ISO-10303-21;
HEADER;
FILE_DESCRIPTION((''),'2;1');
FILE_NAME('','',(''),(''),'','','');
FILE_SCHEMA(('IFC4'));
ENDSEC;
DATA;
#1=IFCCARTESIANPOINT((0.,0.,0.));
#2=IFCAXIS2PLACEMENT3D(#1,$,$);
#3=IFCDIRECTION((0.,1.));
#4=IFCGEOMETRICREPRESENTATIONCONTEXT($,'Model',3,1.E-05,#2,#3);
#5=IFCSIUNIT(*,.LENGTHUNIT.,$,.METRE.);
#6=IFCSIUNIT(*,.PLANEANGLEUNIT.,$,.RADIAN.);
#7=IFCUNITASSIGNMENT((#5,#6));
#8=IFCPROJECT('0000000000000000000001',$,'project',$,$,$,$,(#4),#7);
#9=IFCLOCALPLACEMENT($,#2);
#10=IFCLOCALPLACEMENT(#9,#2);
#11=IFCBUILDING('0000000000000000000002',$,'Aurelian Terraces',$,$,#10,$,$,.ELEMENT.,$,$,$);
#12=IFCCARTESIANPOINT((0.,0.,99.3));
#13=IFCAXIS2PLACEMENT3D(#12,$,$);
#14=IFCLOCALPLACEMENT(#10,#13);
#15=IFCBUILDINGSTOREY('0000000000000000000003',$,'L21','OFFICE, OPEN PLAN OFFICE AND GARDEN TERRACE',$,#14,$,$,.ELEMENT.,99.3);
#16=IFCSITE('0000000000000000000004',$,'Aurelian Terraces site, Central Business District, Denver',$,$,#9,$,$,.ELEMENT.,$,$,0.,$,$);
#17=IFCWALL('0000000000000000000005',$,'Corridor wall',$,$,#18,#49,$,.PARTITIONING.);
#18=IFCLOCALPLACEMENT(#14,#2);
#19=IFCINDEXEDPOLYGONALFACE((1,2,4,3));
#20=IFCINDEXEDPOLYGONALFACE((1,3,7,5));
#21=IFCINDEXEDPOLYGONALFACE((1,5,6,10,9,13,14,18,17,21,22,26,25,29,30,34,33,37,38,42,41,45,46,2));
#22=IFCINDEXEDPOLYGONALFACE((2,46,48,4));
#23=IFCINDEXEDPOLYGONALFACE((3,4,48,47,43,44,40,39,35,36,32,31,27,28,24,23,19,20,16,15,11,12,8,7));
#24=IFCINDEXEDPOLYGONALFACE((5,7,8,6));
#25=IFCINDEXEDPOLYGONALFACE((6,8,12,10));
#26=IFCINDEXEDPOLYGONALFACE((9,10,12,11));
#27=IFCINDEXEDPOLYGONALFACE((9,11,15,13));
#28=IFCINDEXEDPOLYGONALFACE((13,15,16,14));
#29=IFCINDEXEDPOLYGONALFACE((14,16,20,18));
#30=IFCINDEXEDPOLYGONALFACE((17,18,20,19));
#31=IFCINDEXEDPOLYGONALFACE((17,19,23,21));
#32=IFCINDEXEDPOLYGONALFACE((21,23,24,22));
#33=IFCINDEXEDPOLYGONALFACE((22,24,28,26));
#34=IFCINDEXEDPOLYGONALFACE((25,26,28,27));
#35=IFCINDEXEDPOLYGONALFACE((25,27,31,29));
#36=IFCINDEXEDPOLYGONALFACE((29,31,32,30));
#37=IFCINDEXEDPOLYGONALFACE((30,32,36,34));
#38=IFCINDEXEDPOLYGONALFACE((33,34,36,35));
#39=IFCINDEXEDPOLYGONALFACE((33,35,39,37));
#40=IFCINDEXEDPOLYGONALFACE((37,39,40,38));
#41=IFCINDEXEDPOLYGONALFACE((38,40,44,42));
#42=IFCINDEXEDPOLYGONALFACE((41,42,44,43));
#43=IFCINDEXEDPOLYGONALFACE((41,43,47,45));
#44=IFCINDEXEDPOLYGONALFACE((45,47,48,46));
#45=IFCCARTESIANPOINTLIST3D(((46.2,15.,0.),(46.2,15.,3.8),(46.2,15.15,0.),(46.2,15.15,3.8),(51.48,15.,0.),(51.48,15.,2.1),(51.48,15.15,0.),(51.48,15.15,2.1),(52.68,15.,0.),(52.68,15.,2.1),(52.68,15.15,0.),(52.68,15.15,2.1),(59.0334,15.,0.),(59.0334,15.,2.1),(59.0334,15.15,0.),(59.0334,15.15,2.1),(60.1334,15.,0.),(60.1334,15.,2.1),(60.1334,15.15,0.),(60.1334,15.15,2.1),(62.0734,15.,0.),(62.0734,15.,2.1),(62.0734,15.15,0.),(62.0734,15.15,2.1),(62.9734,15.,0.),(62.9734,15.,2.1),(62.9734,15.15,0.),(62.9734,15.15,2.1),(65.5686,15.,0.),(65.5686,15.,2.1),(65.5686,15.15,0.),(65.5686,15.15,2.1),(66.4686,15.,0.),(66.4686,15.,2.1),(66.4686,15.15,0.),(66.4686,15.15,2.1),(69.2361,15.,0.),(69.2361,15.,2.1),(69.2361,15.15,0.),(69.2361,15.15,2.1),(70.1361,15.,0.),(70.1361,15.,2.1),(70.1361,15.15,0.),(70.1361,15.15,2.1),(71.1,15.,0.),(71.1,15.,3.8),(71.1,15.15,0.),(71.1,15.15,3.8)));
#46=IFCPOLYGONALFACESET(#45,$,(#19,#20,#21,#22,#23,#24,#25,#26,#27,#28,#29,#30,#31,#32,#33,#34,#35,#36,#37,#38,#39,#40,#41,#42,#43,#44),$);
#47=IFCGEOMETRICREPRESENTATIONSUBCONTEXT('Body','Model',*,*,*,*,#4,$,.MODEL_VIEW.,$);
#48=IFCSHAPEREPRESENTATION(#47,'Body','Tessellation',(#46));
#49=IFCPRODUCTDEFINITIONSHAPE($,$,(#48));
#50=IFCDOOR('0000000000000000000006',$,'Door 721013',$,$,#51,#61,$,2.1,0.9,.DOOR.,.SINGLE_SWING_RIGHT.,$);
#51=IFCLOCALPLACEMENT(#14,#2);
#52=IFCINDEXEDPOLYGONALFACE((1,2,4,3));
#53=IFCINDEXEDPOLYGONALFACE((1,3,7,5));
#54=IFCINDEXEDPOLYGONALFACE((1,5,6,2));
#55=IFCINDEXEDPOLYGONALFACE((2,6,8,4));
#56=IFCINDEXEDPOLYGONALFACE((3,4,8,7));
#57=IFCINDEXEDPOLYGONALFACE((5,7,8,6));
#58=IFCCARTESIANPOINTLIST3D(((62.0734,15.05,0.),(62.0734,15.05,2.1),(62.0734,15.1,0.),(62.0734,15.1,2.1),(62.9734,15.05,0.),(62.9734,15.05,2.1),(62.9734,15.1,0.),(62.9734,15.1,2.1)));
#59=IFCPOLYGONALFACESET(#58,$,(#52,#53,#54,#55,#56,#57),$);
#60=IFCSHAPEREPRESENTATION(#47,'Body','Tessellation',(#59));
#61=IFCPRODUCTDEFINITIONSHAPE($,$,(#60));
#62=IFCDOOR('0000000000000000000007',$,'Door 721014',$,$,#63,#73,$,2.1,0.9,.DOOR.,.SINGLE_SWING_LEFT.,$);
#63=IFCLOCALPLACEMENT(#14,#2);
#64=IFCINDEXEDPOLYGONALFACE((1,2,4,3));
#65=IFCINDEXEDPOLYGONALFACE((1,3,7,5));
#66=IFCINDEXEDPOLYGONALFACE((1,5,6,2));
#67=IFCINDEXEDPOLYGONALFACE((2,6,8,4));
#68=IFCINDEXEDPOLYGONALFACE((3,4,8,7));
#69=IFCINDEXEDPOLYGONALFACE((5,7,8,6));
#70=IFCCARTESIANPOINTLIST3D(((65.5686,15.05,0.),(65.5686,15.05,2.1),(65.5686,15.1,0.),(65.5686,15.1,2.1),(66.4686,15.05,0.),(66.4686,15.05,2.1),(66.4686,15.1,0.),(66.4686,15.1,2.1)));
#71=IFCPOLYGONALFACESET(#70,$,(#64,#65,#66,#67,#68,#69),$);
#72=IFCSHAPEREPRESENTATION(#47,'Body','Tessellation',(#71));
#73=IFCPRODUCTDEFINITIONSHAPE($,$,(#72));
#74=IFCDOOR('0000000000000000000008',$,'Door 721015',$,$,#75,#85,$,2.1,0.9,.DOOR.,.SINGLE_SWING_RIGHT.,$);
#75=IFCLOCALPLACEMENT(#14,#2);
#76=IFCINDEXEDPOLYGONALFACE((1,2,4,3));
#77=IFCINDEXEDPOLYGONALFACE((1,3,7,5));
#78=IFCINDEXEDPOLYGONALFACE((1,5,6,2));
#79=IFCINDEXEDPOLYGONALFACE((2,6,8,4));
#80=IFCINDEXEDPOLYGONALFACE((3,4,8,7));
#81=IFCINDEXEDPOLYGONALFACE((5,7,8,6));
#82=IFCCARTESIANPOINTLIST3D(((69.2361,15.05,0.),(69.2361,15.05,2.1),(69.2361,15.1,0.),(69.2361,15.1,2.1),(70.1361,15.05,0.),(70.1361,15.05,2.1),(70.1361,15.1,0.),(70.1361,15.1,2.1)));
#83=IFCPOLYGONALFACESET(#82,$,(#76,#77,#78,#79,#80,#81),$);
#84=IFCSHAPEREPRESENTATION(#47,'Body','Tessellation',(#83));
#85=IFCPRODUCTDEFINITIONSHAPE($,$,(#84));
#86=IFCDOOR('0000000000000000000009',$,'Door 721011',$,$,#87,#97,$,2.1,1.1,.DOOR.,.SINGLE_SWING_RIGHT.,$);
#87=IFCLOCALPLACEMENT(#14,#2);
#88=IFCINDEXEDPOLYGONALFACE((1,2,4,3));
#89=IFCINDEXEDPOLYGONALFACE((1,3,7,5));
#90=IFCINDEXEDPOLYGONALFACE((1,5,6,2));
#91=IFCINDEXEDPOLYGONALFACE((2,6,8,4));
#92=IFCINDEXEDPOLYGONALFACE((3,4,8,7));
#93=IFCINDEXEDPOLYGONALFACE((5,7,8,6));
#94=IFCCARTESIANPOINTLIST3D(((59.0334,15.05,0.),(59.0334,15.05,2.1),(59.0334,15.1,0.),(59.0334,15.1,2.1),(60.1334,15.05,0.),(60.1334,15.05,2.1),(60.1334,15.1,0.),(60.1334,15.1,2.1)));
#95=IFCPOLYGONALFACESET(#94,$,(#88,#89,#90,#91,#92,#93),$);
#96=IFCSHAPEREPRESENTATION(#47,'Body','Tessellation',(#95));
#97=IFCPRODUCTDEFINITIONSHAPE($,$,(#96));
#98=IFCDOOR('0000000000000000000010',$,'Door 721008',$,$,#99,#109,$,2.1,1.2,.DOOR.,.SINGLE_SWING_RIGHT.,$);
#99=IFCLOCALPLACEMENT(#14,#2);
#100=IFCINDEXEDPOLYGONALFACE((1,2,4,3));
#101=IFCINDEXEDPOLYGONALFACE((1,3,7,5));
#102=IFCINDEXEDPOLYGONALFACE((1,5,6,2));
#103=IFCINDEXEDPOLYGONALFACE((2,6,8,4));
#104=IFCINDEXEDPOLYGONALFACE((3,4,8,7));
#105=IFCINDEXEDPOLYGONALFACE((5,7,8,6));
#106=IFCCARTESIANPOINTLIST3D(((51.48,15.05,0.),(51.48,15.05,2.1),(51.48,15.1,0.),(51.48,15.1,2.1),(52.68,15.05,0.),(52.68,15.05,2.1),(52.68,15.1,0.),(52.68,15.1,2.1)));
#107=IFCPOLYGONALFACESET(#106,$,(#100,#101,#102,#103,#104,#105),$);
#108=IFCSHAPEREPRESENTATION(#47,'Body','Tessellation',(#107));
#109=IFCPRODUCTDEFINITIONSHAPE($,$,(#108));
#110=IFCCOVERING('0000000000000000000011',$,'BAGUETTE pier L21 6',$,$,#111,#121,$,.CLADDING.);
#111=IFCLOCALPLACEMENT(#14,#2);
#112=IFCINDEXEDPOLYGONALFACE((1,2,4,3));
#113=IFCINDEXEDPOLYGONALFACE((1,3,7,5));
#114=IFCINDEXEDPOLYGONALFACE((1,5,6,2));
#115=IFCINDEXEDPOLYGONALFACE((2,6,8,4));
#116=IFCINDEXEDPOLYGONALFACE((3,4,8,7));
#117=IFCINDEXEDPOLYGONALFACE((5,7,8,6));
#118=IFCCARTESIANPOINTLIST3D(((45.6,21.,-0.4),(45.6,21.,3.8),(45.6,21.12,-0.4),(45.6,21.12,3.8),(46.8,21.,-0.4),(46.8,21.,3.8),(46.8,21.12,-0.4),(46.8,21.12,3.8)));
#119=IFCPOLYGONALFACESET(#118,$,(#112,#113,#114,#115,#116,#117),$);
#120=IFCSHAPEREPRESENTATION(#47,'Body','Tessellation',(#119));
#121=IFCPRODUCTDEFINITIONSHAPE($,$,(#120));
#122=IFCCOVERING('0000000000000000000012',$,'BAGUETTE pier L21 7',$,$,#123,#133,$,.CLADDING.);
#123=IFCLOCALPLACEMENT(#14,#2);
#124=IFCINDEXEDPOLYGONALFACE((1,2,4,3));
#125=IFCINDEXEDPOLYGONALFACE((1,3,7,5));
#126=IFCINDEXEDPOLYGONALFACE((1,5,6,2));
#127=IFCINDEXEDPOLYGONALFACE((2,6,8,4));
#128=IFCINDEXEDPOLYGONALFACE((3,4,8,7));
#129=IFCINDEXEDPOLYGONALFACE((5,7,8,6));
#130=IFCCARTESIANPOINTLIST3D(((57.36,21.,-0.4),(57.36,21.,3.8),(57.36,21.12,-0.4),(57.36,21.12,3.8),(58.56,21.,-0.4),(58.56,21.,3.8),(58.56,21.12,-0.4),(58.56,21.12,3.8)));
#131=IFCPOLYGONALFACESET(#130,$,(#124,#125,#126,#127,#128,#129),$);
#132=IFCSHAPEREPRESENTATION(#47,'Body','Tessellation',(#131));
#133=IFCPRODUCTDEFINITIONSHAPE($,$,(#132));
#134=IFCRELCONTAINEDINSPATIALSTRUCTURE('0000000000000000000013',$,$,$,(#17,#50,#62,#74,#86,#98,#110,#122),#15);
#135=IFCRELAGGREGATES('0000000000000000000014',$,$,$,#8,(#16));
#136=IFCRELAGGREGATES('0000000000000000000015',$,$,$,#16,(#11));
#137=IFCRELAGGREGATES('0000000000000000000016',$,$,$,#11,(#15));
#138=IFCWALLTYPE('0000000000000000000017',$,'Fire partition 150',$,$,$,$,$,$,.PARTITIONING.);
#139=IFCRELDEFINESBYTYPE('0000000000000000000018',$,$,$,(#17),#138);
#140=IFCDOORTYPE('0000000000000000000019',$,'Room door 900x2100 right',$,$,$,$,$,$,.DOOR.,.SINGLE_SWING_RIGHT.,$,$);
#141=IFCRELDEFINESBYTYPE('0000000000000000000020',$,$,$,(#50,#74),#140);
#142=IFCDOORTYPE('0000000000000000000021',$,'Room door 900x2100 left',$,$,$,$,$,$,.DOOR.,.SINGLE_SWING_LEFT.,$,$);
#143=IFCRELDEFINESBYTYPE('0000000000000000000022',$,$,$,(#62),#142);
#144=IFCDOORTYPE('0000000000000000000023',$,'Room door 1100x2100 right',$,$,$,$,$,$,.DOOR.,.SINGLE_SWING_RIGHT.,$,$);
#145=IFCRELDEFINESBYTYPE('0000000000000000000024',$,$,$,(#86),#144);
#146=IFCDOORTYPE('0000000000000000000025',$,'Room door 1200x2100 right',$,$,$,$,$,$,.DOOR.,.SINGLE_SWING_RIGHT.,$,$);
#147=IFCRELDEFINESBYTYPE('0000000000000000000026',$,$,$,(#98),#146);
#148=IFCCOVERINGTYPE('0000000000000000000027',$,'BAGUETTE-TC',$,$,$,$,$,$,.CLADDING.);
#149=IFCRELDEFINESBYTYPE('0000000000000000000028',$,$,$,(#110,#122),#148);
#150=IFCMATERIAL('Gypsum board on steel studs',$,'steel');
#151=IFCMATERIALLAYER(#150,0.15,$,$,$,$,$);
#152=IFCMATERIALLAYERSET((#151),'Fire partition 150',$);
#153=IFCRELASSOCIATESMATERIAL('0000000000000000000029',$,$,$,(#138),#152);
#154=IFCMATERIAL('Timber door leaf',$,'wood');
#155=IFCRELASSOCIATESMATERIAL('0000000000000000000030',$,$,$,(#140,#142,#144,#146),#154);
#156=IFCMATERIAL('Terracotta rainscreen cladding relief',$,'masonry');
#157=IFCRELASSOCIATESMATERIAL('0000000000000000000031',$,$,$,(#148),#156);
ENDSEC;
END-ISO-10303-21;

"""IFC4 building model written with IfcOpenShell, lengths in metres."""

from ifc_helpers import new_model, si_unit, direction, frame, frame_2d, origin, origin_2d, place, context, subcontext, project, spatial, rectangle, extrude, source, transform, mapped, material, layer, layer_set, type_object, element, fill, save


model = new_model("IFC4")

# Units and contexts
model_context = context("Model", 3, precision=1e-05, world=origin(), true_north=direction((0.0, 1.0)))
body_context = subcontext(model_context, "Body", "Model", "MODEL_VIEW")
ifc_project = project(units=[si_unit("LENGTHUNIT", "METRE"), si_unit("PLANEANGLEUNIT", "RADIAN")], contexts=[model_context])

# Site, building, storey
site_placement = place(None, origin())
site = spatial("IfcSite", under=ifc_project, at=site_placement, Name="Aurelian Terraces site, Central Business District, Denver", CompositionType="ELEMENT", RefElevation=0.0)
building_placement = place(site_placement, origin())
building = spatial("IfcBuilding", under=site, at=building_placement, Name="Aurelian Terraces", CompositionType="ELEMENT")
storey_placement = place(building_placement, frame((0.0, 0.0, 99.3)))
storey = spatial("IfcBuildingStorey", under=building, at=storey_placement, Name="L21", Description="OFFICE, OPEN PLAN OFFICE AND GARDEN TERRACE", CompositionType="ELEMENT", Elevation=99.3)

# Shared definitions
ifc_material_1 = material(Name="Gypsum board on steel studs", Category="steel")

# Wall, openings, doors
ifc_layer_1 = layer(ifc_material_1, 0.15)
ifc_layer_set_1 = layer_set([ifc_layer_1], Name="Fire partition 150")
wall_type_1 = type_object("IfcWallType", Name="Fire partition 150", PredefinedType="PARTITIONING", material=ifc_layer_set_1)
shared_shape_1 = source(origin(), body_context, "Body", "SweptSolid", [
    extrude(rectangle(XDim=24.9, YDim=0.15, at=frame_2d((12.45, 0.0))), origin(), (0.0, 0.0, 1.0), 3.8),
])
wall_1_placement = place(storey_placement, frame((71.1, 15.075, 0.0), z_axis=(0.0, 0.0, 1.0), x_axis=(-1.0, 0.0, 0.0)))
wall_1 = element("IfcWall", 1, at=wall_1_placement, inside=storey, type_object=wall_type_1, Name="Corridor wall", PredefinedType="PARTITIONING", context=body_context, shape_type="MappedRepresentation", body=[
    mapped(shared_shape_1, transform((0.0, 0.0, 0.0), scale=1.0)),
])
shared_shape_2 = source(origin(), body_context, "Body", "SweptSolid", [
    extrude(rectangle(XDim=1.2, YDim=2.1, at=frame_2d((0.6, 1.05))), frame((0.0, 0.085, 0.0), z_axis=(0.0, -1.0, 0.0), x_axis=(1.0, 0.0, 0.0)), (0.0, 0.0, 1.0), 0.17),
])
opening_1_placement = place(wall_1_placement, frame((18.42, 0.0, 0.0)))
opening_1 = element("IfcOpeningElement", 2, at=opening_1_placement, cuts=wall_1, PredefinedType="OPENING", context=body_context, shape_type="MappedRepresentation", body=[
    mapped(shared_shape_2, transform((0.0, 0.0, 0.0), scale=1.0)),
])
shared_shape_3 = source(origin(), body_context, "Body", "SweptSolid", [
    extrude(rectangle(XDim=1.1, YDim=2.1, at=frame_2d((0.55, 1.05))), frame((0.0, 0.085, 0.0), z_axis=(0.0, -1.0, 0.0), x_axis=(1.0, 0.0, 0.0)), (0.0, 0.0, 1.0), 0.17),
])
opening_2_placement = place(wall_1_placement, frame((10.9666, 0.0, 0.0)))
opening_2 = element("IfcOpeningElement", 3, at=opening_2_placement, cuts=wall_1, PredefinedType="OPENING", context=body_context, shape_type="MappedRepresentation", body=[
    mapped(shared_shape_3, transform((0.0, 0.0, 0.0), scale=1.0)),
])
shared_shape_4 = source(origin(), body_context, "Body", "SweptSolid", [
    extrude(rectangle(XDim=0.9, YDim=2.1, at=frame_2d((0.45, 1.05))), frame((0.0, 0.085, 0.0), z_axis=(0.0, -1.0, 0.0), x_axis=(1.0, 0.0, 0.0)), (0.0, 0.0, 1.0), 0.17),
])
opening_3_placement = place(wall_1_placement, frame((8.1266, 0.0, 0.0)))
opening_3 = element("IfcOpeningElement", 4, at=opening_3_placement, cuts=wall_1, PredefinedType="OPENING", context=body_context, shape_type="MappedRepresentation", body=[
    mapped(shared_shape_4, transform((0.0, 0.0, 0.0), scale=1.0)),
])
opening_4_placement = place(wall_1_placement, frame((4.6314, 0.0, 0.0)))
opening_4 = element("IfcOpeningElement", 5, at=opening_4_placement, cuts=wall_1, PredefinedType="OPENING", context=body_context, shape_type="MappedRepresentation", body=[
    mapped(shared_shape_4, transform((0.0, 0.0, 0.0), scale=1.0)),
])
opening_5_placement = place(wall_1_placement, frame((0.9639, 0.0, 0.0)))
opening_5 = element("IfcOpeningElement", 6, at=opening_5_placement, cuts=wall_1, PredefinedType="OPENING", context=body_context, shape_type="MappedRepresentation", body=[
    mapped(shared_shape_4, transform((0.0, 0.0, 0.0), scale=1.0)),
])
ifc_material_2 = material(Name="Timber door leaf", Category="wood")
door_type_1 = type_object("IfcDoorType", Name="Room door 900x2100 right", OperationType="SINGLE_SWING_RIGHT", PredefinedType="DOOR", material=ifc_material_2)
shared_shape_5 = source(origin(), body_context, "Body", "SweptSolid", [
    extrude(rectangle(XDim=0.9, YDim=2.1, at=frame_2d((0.45, 1.05))), frame((0.0, 0.025, 0.0), z_axis=(0.0, -1.0, 0.0), x_axis=(1.0, 0.0, 0.0)), (0.0, 0.0, 1.0), 0.05),
])
door_1_placement = place(opening_3_placement, origin())
door_1 = element("IfcDoor", 7, at=door_1_placement, inside=storey, type_object=door_type_1, Name="Door 721013", OperationType="SINGLE_SWING_RIGHT", OverallHeight=2.1, OverallWidth=0.9, PredefinedType="DOOR", context=body_context, shape_type="MappedRepresentation", body=[
    mapped(shared_shape_5, transform((0.0, 0.0, 0.0), scale=1.0)),
])
fill(opening_3, door_1)
door_type_2 = type_object("IfcDoorType", Name="Room door 900x2100 left", OperationType="SINGLE_SWING_LEFT", PredefinedType="DOOR", material=ifc_material_2)
door_2_placement = place(opening_4_placement, origin())
door_2 = element("IfcDoor", 8, at=door_2_placement, inside=storey, type_object=door_type_2, Name="Door 721014", OperationType="SINGLE_SWING_LEFT", OverallHeight=2.1, OverallWidth=0.9, PredefinedType="DOOR", context=body_context, shape_type="MappedRepresentation", body=[
    mapped(shared_shape_5, transform((0.0, 0.0, 0.0), scale=1.0)),
])
fill(opening_4, door_2)
door_3_placement = place(opening_5_placement, origin())
door_3 = element("IfcDoor", 9, at=door_3_placement, inside=storey, type_object=door_type_1, Name="Door 721015", OperationType="SINGLE_SWING_RIGHT", OverallHeight=2.1, OverallWidth=0.9, PredefinedType="DOOR", context=body_context, shape_type="MappedRepresentation", body=[
    mapped(shared_shape_5, transform((0.0, 0.0, 0.0), scale=1.0)),
])
fill(opening_5, door_3)
door_type_3 = type_object("IfcDoorType", Name="Room door 1100x2100 right", OperationType="SINGLE_SWING_RIGHT", PredefinedType="DOOR", material=ifc_material_2)
shared_shape_6 = source(origin(), body_context, "Body", "SweptSolid", [
    extrude(rectangle(XDim=1.1, YDim=2.1, at=frame_2d((0.55, 1.05))), frame((0.0, 0.025, 0.0), z_axis=(0.0, -1.0, 0.0), x_axis=(1.0, 0.0, 0.0)), (0.0, 0.0, 1.0), 0.05),
])
door_4_placement = place(opening_2_placement, origin())
door_4 = element("IfcDoor", 10, at=door_4_placement, inside=storey, type_object=door_type_3, Name="Door 721011", OperationType="SINGLE_SWING_RIGHT", OverallHeight=2.1, OverallWidth=1.1, PredefinedType="DOOR", context=body_context, shape_type="MappedRepresentation", body=[
    mapped(shared_shape_6, transform((0.0, 0.0, 0.0), scale=1.0)),
])
fill(opening_2, door_4)
door_type_4 = type_object("IfcDoorType", Name="Room door 1200x2100 right", OperationType="SINGLE_SWING_RIGHT", PredefinedType="DOOR", material=ifc_material_2)
shared_shape_7 = source(origin(), body_context, "Body", "SweptSolid", [
    extrude(rectangle(XDim=1.2, YDim=2.1, at=frame_2d((0.6, 1.05))), frame((0.0, 0.025, 0.0), z_axis=(0.0, -1.0, 0.0), x_axis=(1.0, 0.0, 0.0)), (0.0, 0.0, 1.0), 0.05),
])
door_5_placement = place(opening_1_placement, origin())
door_5 = element("IfcDoor", 11, at=door_5_placement, inside=storey, type_object=door_type_4, Name="Door 721008", OperationType="SINGLE_SWING_RIGHT", OverallHeight=2.1, OverallWidth=1.2, PredefinedType="DOOR", context=body_context, shape_type="MappedRepresentation", body=[
    mapped(shared_shape_7, transform((0.0, 0.0, 0.0), scale=1.0)),
])
fill(opening_1, door_5)

# Coverings
ifc_material_3 = material(Name="Terracotta rainscreen cladding relief", Category="masonry")
covering_type = type_object("IfcCoveringType", Name="BAGUETTE-TC", PredefinedType="CLADDING", material=ifc_material_3)
shared_shape_8 = source(origin(), body_context, "Body", "SweptSolid", [
    extrude(rectangle(XDim=1.2, YDim=0.12, at=origin_2d()), origin(), (0.0, 0.0, 1.0), 4.2),
])
for number, where, z_axis, x_axis, name in (
    (12, (46.2, 21.06, -0.4), (0.0, 0.0, 1.0), (1.0, 0.0, 0.0), "BAGUETTE pier L21 6"),
    (13, (57.96, 21.06, -0.4), (0.0, 0.0, 1.0), (1.0, 0.0, 0.0), "BAGUETTE pier L21 7"),
):
    element("IfcCovering", number, at=place(storey_placement, frame(where, z_axis=z_axis, x_axis=x_axis)), inside=storey, type_object=covering_type, Name=name, PredefinedType="CLADDING", context=body_context, shape_type="MappedRepresentation", body=[
        mapped(shared_shape_8, transform((0.0, 0.0, 0.0), scale=1.0)),
    ])

save(model, "model.ifc")
